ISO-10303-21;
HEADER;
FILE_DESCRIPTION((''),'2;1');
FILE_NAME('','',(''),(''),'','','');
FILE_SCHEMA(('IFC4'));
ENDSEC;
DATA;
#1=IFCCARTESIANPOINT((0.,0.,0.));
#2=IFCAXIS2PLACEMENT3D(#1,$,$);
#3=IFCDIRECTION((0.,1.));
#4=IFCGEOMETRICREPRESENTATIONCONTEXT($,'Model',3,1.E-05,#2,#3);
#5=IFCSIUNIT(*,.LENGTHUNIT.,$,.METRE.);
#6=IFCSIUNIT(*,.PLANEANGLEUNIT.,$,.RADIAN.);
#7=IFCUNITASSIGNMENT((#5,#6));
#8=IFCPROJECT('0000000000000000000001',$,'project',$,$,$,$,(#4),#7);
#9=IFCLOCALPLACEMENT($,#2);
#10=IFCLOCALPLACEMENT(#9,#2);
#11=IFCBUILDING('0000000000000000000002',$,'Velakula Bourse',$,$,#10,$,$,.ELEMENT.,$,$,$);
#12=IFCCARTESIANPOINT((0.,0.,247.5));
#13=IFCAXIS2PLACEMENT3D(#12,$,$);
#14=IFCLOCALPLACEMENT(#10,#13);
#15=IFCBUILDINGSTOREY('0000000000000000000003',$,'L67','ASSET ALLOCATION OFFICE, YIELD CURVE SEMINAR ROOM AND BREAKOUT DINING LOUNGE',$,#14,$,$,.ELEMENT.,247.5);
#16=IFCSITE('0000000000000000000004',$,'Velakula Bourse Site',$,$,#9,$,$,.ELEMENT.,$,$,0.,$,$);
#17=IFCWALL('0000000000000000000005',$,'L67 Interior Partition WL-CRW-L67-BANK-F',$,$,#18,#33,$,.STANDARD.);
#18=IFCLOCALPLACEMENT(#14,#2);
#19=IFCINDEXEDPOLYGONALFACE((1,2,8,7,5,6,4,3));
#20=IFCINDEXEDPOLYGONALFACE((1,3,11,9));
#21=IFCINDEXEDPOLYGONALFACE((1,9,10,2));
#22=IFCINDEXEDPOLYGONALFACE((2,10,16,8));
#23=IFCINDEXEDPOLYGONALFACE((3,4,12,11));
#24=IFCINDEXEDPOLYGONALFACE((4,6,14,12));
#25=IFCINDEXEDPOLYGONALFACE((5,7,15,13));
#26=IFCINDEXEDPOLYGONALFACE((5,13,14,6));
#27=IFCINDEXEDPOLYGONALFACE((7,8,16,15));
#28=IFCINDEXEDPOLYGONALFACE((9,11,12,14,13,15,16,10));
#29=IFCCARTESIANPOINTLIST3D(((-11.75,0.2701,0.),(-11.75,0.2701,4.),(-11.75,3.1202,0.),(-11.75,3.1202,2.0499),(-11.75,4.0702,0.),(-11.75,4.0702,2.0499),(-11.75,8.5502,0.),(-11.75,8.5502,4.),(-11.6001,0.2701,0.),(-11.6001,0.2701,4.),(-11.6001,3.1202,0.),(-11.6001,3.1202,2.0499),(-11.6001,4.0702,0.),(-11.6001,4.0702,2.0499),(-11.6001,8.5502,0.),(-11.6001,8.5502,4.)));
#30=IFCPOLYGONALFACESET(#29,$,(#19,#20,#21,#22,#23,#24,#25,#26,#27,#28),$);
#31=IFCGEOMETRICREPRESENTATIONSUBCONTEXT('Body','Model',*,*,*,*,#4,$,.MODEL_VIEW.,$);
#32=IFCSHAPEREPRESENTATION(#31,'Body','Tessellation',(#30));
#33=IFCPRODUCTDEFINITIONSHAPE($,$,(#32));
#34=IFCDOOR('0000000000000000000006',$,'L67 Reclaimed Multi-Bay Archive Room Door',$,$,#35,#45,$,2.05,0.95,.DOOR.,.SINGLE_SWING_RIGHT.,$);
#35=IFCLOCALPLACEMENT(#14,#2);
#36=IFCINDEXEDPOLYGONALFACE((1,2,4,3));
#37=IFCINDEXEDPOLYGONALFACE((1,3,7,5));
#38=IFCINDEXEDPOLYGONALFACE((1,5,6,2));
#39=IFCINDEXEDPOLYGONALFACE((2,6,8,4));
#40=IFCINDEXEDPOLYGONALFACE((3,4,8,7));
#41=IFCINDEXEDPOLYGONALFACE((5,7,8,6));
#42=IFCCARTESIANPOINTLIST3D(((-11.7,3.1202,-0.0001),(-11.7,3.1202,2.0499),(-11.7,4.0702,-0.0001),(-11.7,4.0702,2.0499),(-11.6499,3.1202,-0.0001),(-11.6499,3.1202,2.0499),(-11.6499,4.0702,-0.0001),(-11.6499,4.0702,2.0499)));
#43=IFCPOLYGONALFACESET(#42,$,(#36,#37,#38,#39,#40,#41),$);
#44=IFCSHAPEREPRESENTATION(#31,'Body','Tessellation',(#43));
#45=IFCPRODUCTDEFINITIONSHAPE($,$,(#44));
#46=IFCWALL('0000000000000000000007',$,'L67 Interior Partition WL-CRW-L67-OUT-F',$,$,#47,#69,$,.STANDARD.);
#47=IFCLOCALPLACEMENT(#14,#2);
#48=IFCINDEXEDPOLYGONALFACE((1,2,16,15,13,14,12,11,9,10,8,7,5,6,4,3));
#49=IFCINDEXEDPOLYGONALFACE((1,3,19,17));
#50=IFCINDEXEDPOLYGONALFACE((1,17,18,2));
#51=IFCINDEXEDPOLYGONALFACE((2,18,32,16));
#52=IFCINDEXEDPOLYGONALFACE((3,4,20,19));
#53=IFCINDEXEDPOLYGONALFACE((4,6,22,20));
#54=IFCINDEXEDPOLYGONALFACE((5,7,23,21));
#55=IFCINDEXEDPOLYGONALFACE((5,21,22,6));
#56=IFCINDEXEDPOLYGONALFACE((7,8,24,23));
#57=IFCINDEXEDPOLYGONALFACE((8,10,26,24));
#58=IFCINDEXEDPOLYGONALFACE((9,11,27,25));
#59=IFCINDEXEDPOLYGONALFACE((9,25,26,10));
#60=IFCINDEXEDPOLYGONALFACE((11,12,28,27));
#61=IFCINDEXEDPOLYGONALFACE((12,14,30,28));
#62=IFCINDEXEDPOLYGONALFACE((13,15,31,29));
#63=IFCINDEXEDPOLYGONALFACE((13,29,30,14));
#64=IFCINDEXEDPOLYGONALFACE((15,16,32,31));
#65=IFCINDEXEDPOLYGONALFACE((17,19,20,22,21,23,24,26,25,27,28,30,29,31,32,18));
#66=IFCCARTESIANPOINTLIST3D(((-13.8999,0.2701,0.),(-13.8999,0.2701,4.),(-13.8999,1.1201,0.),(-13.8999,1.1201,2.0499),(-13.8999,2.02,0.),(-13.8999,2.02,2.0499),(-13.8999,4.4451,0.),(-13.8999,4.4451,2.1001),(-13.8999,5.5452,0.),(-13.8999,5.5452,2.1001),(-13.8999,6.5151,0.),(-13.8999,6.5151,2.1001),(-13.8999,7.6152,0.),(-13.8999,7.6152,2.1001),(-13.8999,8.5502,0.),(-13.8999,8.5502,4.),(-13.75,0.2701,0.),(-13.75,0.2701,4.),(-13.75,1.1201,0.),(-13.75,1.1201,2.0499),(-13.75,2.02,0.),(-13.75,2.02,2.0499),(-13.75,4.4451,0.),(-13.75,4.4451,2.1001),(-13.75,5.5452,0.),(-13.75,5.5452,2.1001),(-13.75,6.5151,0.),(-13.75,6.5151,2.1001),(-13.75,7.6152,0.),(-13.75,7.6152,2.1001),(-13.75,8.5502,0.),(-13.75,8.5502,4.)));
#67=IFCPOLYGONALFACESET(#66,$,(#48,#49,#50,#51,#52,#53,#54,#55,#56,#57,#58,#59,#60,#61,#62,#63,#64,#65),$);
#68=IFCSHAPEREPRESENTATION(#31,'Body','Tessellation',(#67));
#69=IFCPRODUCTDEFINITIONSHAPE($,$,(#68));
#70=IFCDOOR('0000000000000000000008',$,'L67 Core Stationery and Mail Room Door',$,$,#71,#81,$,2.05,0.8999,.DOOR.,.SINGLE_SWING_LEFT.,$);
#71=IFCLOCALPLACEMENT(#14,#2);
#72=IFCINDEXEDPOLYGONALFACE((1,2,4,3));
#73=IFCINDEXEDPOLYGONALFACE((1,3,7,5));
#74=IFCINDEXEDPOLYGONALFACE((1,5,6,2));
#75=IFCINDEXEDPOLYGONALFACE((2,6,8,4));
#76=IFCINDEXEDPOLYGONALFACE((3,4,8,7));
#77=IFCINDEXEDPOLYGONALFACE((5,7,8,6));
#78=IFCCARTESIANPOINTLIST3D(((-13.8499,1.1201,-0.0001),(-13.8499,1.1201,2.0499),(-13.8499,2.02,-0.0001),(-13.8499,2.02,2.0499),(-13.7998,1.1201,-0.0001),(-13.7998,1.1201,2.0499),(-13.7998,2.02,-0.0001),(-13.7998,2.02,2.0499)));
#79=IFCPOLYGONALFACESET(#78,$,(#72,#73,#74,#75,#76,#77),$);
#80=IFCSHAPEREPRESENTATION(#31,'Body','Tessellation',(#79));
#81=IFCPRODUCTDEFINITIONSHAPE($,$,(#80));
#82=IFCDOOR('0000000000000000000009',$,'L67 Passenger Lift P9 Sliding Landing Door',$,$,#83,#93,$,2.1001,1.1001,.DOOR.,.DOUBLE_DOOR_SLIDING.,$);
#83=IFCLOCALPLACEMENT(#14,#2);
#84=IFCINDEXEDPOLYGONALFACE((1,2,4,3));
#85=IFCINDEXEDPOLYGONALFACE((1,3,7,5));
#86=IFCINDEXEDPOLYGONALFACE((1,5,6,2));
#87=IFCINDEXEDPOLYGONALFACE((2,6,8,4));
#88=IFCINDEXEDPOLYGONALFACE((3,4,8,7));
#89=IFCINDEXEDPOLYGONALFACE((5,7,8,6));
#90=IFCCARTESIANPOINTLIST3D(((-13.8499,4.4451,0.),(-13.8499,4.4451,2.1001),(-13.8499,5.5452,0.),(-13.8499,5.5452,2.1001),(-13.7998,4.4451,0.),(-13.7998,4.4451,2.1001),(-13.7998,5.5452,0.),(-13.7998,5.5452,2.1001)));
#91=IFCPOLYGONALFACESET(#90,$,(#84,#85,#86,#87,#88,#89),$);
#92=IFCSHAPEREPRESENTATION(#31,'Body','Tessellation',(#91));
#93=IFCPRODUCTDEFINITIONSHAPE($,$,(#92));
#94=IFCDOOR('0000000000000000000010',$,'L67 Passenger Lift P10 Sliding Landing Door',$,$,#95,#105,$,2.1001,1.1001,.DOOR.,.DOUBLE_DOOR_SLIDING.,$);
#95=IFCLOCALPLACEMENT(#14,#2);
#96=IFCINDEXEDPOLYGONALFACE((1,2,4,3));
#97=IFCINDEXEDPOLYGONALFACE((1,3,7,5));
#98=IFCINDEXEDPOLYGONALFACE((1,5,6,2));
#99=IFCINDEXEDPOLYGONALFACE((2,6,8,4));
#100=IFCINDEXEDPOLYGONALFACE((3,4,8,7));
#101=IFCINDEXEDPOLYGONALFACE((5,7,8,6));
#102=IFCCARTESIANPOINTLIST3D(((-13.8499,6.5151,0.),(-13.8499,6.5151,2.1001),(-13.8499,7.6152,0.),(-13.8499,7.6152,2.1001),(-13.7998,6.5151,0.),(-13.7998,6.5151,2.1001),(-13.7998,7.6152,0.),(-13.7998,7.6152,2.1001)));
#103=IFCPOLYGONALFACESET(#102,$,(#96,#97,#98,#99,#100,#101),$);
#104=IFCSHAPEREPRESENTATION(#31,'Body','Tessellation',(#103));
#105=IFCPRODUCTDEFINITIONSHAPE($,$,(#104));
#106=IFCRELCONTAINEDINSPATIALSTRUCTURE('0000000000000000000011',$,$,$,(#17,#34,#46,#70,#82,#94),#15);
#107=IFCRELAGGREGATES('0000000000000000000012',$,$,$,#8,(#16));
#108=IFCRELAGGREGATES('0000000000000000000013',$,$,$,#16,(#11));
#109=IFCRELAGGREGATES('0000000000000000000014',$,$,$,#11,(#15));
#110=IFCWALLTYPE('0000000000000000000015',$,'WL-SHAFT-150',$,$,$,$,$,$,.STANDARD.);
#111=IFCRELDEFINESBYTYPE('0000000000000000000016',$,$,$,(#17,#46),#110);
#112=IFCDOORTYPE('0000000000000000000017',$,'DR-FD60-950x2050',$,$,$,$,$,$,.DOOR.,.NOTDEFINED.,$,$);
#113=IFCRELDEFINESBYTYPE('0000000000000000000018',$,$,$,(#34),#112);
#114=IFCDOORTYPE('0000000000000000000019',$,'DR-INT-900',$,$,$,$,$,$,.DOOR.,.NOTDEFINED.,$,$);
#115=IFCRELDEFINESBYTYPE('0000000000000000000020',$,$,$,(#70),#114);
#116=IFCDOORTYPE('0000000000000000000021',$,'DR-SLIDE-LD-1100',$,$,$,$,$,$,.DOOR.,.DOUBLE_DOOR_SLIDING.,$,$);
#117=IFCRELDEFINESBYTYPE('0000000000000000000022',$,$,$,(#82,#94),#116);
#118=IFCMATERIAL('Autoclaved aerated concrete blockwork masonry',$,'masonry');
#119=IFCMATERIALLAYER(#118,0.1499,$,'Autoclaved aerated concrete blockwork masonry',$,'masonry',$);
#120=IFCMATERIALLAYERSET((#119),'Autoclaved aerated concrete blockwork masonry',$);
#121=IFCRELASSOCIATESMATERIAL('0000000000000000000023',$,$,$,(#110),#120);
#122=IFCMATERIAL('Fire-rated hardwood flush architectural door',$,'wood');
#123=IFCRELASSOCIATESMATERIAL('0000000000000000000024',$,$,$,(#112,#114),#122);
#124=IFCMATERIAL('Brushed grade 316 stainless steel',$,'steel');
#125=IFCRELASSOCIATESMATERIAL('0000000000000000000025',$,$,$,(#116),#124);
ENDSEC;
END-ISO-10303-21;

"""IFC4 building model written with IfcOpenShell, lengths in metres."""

from ifc_helpers import new_model, si_unit, direction, frame, frame_2d, origin, place, context, subcontext, project, spatial, rectangle, extrude, material, layer, layer_set, type_object, element, fill, save


model = new_model("IFC4")

# Units and contexts
model_context = context("Model", 3, precision=1e-05, world=origin(), true_north=direction((0.0, 1.0)))
body_context = subcontext(model_context, "Body", "Model", "MODEL_VIEW")
ifc_project = project(units=[si_unit("LENGTHUNIT", "METRE"), si_unit("PLANEANGLEUNIT", "RADIAN")], contexts=[model_context])

# Site, building, storey
site_placement = place(None, origin())
site = spatial("IfcSite", under=ifc_project, at=site_placement, Name="Velakula Bourse Site", CompositionType="ELEMENT", RefElevation=0.0)
building_placement = place(site_placement, origin())
building = spatial("IfcBuilding", under=site, at=building_placement, Name="Velakula Bourse", CompositionType="ELEMENT")
storey_placement = place(building_placement, frame((0.0, 0.0, 247.5)))
storey = spatial("IfcBuildingStorey", under=building, at=storey_placement, Name="L67", Description="ASSET ALLOCATION OFFICE, YIELD CURVE SEMINAR ROOM AND BREAKOUT DINING LOUNGE", CompositionType="ELEMENT", Elevation=247.5)

# Shared definitions
ifc_material_1 = material(Name="Fire-rated hardwood flush architectural door", Category="wood")

# Shared definitions
ifc_material_2 = material(Name="Autoclaved aerated concrete blockwork masonry", Category="masonry")
ifc_layer_1 = layer(ifc_material_2, 0.1499, Name="Autoclaved aerated concrete blockwork masonry", Category="masonry")
ifc_layer_set_1 = layer_set([ifc_layer_1], Name="Autoclaved aerated concrete blockwork masonry")
wall_type_1 = type_object("IfcWallType", Name="WL-SHAFT-150", PredefinedType="STANDARD", material=ifc_layer_set_1)

# Wall, opening, door
wall_1_placement = place(storey_placement, frame((-11.675, 0.27, 0.0), z_axis=(0.0, 0.0, 1.0), x_axis=(0.0, 1.0, 0.0)))
wall_1 = element("IfcWall", 1, at=wall_1_placement, inside=storey, type_object=wall_type_1, Name="L67 Interior Partition WL-CRW-L67-BANK-F", PredefinedType="STANDARD", context=body_context, shape_type="SweptSolid", body=[
    extrude(rectangle(XDim=8.28, YDim=0.1499, at=frame_2d((4.1401, 0.0))), origin(), (0.0, 0.0, 1.0), 4.0),
])
opening_1_placement = place(wall_1_placement, frame((2.8501, 0.0, 0.0)))
opening_1 = element("IfcOpeningElement", 2, at=opening_1_placement, cuts=wall_1, PredefinedType="OPENING", context=body_context, shape_type="SweptSolid", body=[
    extrude(rectangle(XDim=0.95, YDim=2.05, at=frame_2d((0.4751, 1.0249))), frame((0.0, 0.085, 0.0), z_axis=(0.0, -1.0, 0.0), x_axis=(1.0, 0.0, 0.0)), (0.0, 0.0, 1.0), 0.1699),
])
door_type_1 = type_object("IfcDoorType", Name="DR-FD60-950x2050", OperationType="NOTDEFINED", PredefinedType="DOOR", material=ifc_material_1)
door_1_placement = place(opening_1_placement, origin())
door_1 = element("IfcDoor", 3, at=door_1_placement, inside=storey, type_object=door_type_1, Name="L67 Reclaimed Multi-Bay Archive Room Door", OperationType="SINGLE_SWING_RIGHT", OverallHeight=2.05, OverallWidth=0.95, PredefinedType="DOOR", context=body_context, shape_type="SweptSolid", body=[
    extrude(rectangle(XDim=0.95, YDim=2.05, at=frame_2d((0.4751, 1.0249))), frame((0.0, 0.0249, 0.0), z_axis=(0.0, -1.0, 0.0), x_axis=(1.0, 0.0, 0.0)), (0.0, 0.0, 1.0), 0.05),
])
fill(opening_1, door_1)

# Wall, openings, doors
wall_2_placement = place(storey_placement, frame((-13.825, 0.27, 0.0), z_axis=(0.0, 0.0, 1.0), x_axis=(0.0, 1.0, 0.0)))
wall_2 = element("IfcWall", 4, at=wall_2_placement, inside=storey, type_object=wall_type_1, Name="L67 Interior Partition WL-CRW-L67-OUT-F", PredefinedType="STANDARD", context=body_context, shape_type="SweptSolid", body=[
    extrude(rectangle(XDim=8.28, YDim=0.1499, at=frame_2d((4.1401, 0.0))), origin(), (0.0, 0.0, 1.0), 4.0),
])
opening_2_placement = place(wall_2_placement, frame((4.175, 0.0, 0.0)))
opening_2 = element("IfcOpeningElement", 5, at=opening_2_placement, cuts=wall_2, PredefinedType="OPENING", context=body_context, shape_type="SweptSolid", body=[
    extrude(rectangle(XDim=1.1001, YDim=2.1001, at=frame_2d((0.55, 1.05))), frame((0.0, 0.085, 0.0), z_axis=(0.0, -1.0, 0.0), x_axis=(1.0, 0.0, 0.0)), (0.0, 0.0, 1.0), 0.1699),
])
opening_3_placement = place(wall_2_placement, frame((6.2451, 0.0, 0.0)))
opening_3 = element("IfcOpeningElement", 6, at=opening_3_placement, cuts=wall_2, PredefinedType="OPENING", context=body_context, shape_type="SweptSolid", body=[
    extrude(rectangle(XDim=1.1001, YDim=2.1001, at=frame_2d((0.55, 1.05))), frame((0.0, 0.085, 0.0), z_axis=(0.0, -1.0, 0.0), x_axis=(1.0, 0.0, 0.0)), (0.0, 0.0, 1.0), 0.1699),
])
opening_4_placement = place(wall_2_placement, frame((0.8501, 0.0, 0.0)))
opening_4 = element("IfcOpeningElement", 7, at=opening_4_placement, cuts=wall_2, PredefinedType="OPENING", context=body_context, shape_type="SweptSolid", body=[
    extrude(rectangle(XDim=0.8999, YDim=2.05, at=frame_2d((0.45, 1.0249))), frame((0.0, 0.085, 0.0), z_axis=(0.0, -1.0, 0.0), x_axis=(1.0, 0.0, 0.0)), (0.0, 0.0, 1.0), 0.1699),
])
door_type_2 = type_object("IfcDoorType", Name="DR-INT-900", OperationType="NOTDEFINED", PredefinedType="DOOR", material=ifc_material_1)
door_2_placement = place(opening_4_placement, origin())
door_2 = element("IfcDoor", 8, at=door_2_placement, inside=storey, type_object=door_type_2, Name="L67 Core Stationery and Mail Room Door", OperationType="SINGLE_SWING_LEFT", OverallHeight=2.05, OverallWidth=0.8999, PredefinedType="DOOR", context=body_context, shape_type="SweptSolid", body=[
    extrude(rectangle(XDim=0.8999, YDim=2.05, at=frame_2d((0.45, 1.0249))), frame((0.0, 0.0249, 0.0), z_axis=(0.0, -1.0, 0.0), x_axis=(1.0, 0.0, 0.0)), (0.0, 0.0, 1.0), 0.05),
])
fill(opening_4, door_2)
ifc_material_3 = material(Name="Brushed grade 316 stainless steel", Category="steel")
door_type_3 = type_object("IfcDoorType", Name="DR-SLIDE-LD-1100", OperationType="DOUBLE_DOOR_SLIDING", PredefinedType="DOOR", material=ifc_material_3)
door_3_placement = place(opening_2_placement, origin())
door_3 = element("IfcDoor", 9, at=door_3_placement, inside=storey, type_object=door_type_3, Name="L67 Passenger Lift P9 Sliding Landing Door", OperationType="DOUBLE_DOOR_SLIDING", OverallHeight=2.1001, OverallWidth=1.1001, PredefinedType="DOOR", context=body_context, shape_type="SweptSolid", body=[
    extrude(rectangle(XDim=1.1001, YDim=2.1001, at=frame_2d((0.55, 1.05))), frame((0.0, 0.0249, 0.0), z_axis=(0.0, -1.0, 0.0), x_axis=(1.0, 0.0, 0.0)), (0.0, 0.0, 1.0), 0.05),
])
fill(opening_2, door_3)
door_4_placement = place(opening_3_placement, origin())
door_4 = element("IfcDoor", 10, at=door_4_placement, inside=storey, type_object=door_type_3, Name="L67 Passenger Lift P10 Sliding Landing Door", OperationType="DOUBLE_DOOR_SLIDING", OverallHeight=2.1001, OverallWidth=1.1001, PredefinedType="DOOR", context=body_context, shape_type="SweptSolid", body=[
    extrude(rectangle(XDim=1.1001, YDim=2.1001, at=frame_2d((0.55, 1.05))), frame((0.0, 0.0249, 0.0), z_axis=(0.0, -1.0, 0.0), x_axis=(1.0, 0.0, 0.0)), (0.0, 0.0, 1.0), 0.05),
])
fill(opening_3, door_4)

save(model, "model.ifc")
